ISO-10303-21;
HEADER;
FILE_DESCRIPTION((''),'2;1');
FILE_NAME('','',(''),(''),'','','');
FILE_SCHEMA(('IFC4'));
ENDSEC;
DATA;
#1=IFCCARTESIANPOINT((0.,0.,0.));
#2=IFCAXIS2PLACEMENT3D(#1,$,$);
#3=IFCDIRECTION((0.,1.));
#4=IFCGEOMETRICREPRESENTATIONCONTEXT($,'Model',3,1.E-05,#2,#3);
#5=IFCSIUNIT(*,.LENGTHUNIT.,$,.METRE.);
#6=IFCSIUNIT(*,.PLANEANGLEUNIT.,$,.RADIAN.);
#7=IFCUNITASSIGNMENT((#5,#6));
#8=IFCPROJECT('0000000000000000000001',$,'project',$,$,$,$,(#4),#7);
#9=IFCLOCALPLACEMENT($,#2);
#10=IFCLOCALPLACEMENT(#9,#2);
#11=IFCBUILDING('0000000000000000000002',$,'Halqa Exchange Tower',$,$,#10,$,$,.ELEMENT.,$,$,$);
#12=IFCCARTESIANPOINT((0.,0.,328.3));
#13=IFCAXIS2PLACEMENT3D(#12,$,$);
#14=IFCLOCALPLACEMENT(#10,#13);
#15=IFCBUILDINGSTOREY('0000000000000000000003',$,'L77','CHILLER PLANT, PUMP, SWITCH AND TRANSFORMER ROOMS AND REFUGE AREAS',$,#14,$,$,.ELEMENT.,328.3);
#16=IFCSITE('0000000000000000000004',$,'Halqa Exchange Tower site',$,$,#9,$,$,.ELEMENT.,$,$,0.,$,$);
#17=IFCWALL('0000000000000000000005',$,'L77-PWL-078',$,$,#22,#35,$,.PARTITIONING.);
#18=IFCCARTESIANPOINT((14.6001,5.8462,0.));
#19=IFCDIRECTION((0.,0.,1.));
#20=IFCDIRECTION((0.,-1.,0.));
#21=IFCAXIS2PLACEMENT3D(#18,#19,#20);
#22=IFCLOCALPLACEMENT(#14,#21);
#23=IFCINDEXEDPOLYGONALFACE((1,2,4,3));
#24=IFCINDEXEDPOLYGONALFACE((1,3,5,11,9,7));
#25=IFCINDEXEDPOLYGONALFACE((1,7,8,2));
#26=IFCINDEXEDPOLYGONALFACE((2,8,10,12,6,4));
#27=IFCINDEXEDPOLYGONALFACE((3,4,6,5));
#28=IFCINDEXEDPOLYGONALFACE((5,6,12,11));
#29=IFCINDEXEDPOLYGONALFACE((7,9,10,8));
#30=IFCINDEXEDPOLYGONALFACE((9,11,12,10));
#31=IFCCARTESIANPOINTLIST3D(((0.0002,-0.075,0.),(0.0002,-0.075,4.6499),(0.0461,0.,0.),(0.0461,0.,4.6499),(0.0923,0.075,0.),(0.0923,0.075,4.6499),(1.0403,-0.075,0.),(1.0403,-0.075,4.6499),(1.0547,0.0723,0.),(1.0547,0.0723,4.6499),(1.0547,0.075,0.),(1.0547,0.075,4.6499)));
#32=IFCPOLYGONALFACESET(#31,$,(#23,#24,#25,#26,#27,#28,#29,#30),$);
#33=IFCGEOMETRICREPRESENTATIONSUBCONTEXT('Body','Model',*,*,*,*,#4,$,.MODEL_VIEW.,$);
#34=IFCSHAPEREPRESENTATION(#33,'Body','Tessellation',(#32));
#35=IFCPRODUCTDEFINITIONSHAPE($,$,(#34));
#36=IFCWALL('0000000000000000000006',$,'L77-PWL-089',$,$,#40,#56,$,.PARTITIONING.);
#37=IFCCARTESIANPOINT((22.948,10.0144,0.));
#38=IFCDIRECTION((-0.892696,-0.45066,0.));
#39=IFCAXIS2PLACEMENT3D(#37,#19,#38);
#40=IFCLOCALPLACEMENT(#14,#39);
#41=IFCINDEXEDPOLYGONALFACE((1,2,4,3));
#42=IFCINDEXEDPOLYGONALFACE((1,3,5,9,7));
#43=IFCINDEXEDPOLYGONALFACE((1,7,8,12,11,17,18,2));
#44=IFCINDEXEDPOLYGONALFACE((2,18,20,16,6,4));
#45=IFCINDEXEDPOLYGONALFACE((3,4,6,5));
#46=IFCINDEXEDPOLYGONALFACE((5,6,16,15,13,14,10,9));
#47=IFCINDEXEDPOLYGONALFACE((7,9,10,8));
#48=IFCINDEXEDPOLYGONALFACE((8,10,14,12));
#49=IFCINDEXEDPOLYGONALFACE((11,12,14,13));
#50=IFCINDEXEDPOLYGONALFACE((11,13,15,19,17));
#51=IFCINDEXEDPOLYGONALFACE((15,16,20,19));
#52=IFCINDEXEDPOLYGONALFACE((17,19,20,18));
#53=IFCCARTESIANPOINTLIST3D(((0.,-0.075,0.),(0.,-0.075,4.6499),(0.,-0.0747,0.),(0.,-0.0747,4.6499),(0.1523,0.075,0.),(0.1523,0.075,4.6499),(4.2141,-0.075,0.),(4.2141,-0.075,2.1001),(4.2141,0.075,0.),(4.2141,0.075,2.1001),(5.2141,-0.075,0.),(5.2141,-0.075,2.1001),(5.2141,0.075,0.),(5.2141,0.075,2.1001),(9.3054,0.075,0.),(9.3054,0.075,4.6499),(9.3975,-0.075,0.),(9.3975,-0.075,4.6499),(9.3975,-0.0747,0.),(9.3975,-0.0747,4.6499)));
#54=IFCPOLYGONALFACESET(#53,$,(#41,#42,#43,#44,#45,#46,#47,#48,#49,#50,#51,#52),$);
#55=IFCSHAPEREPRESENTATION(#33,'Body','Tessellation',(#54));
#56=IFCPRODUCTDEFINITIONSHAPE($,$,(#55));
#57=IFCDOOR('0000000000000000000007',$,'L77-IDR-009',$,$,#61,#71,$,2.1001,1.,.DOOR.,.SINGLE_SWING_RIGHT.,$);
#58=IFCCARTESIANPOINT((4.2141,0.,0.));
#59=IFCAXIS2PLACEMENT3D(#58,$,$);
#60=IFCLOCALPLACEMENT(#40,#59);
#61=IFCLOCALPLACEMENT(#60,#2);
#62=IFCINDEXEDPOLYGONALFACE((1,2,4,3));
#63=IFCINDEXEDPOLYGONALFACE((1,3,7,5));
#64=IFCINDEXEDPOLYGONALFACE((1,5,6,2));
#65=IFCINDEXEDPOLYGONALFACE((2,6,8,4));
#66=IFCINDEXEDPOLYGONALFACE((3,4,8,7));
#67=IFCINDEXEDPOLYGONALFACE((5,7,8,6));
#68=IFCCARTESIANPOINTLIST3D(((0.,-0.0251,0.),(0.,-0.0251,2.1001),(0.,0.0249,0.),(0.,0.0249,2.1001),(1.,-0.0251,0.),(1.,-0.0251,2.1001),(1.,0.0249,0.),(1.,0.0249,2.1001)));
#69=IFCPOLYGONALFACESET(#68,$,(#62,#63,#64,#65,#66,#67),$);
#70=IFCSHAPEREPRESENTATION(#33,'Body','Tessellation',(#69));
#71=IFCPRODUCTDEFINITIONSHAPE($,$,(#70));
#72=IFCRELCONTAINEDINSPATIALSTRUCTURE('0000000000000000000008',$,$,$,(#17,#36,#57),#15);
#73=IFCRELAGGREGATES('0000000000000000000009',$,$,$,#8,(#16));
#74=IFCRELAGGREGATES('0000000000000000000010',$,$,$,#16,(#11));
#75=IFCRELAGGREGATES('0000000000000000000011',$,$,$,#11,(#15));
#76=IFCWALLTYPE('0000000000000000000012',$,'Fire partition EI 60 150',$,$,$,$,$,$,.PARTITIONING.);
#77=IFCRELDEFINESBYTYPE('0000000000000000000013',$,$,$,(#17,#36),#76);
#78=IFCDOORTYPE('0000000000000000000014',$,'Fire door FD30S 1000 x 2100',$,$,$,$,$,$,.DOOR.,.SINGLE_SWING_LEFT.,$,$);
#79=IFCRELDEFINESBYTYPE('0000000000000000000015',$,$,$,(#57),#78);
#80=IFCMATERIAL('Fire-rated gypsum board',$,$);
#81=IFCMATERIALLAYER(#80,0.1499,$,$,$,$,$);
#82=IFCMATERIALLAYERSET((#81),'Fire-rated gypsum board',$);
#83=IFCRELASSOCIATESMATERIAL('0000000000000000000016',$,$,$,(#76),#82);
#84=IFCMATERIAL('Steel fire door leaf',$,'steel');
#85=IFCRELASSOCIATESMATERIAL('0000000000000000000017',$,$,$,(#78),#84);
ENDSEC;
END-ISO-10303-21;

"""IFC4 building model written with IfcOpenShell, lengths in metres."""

from ifc_helpers import new_model, si_unit, direction, frame, frame_2d, origin, place, context, subcontext, project, spatial, polyline, rectangle, outline, extrude, material, layer, layer_set, type_object, element, fill, save


model = new_model("IFC4")

# Units and contexts
model_context = context("Model", 3, precision=1e-05, world=origin(), true_north=direction((0.0, 1.0)))
body_context = subcontext(model_context, "Body", "Model", "MODEL_VIEW")
ifc_project = project(units=[si_unit("LENGTHUNIT", "METRE"), si_unit("PLANEANGLEUNIT", "RADIAN")], contexts=[model_context])

# Site, building, storey
site_placement = place(None, origin())
site = spatial("IfcSite", under=ifc_project, at=site_placement, Name="Halqa Exchange Tower site", CompositionType="ELEMENT", RefElevation=0.0)
building_placement = place(site_placement, origin())
building = spatial("IfcBuilding", under=site, at=building_placement, Name="Halqa Exchange Tower", CompositionType="ELEMENT")
storey_placement = place(building_placement, frame((0.0, 0.0, 328.3)))
storey = spatial("IfcBuildingStorey", under=building, at=storey_placement, Name="L77", Description="CHILLER PLANT, PUMP, SWITCH AND TRANSFORMER ROOMS AND REFUGE AREAS", CompositionType="ELEMENT", Elevation=328.3)

# Wall
ifc_material_1 = material(Name="Fire-rated gypsum board")
ifc_layer_1 = layer(ifc_material_1, 0.1499)
ifc_layer_set_1 = layer_set([ifc_layer_1], Name="Fire-rated gypsum board")
wall_type_1 = type_object("IfcWallType", Name="Fire partition EI 60 150", PredefinedType="PARTITIONING", material=ifc_layer_set_1)
wall_1_placement = place(storey_placement, frame((14.6001, 5.8462, 0.0), z_axis=(0.0, 0.0, 1.0), x_axis=(0.0, -1.0, 0.0)))
element("IfcWall", 1, at=wall_1_placement, inside=storey, type_object=wall_type_1, Name="L77-PWL-078", PredefinedType="PARTITIONING", context=body_context, shape_type="SweptSolid", body=[
    extrude(outline(polyline([(0.0002, -0.075), (1.0403, -0.075), (1.0547, 0.0723), (1.0547, 0.075), (0.0923, 0.075), (0.0923, 0.075), (0.0923, 0.075), (0.0461, 0.0), (0.0002, -0.075)])), origin(), (0.0, 0.0, 1.0), 4.6499),
])

# Wall, opening, door
ifc_material_2 = material(Name="Steel fire door leaf", Category="steel")
door_type = type_object("IfcDoorType", Name="Fire door FD30S 1000 x 2100", OperationType="SINGLE_SWING_LEFT", PredefinedType="DOOR", material=ifc_material_2)
wall_2_placement = place(storey_placement, frame((22.948, 10.0144, 0.0), z_axis=(0.0, 0.0, 1.0), x_axis=(-0.892696, -0.45066, 0.0)))
wall_2 = element("IfcWall", 2, at=wall_2_placement, inside=storey, type_object=wall_type_1, Name="L77-PWL-089", PredefinedType="PARTITIONING", context=body_context, shape_type="SweptSolid", body=[
    extrude(outline(polyline([(9.3975, -0.075), (9.3975, -0.0747), (9.3054, 0.075), (7.4749, 0.075), (5.6443, 0.075), (3.8137, 0.075), (1.9829, 0.075), (0.1523, 0.075), (0.0, -0.0747), (0.0, -0.075), (1.8794, -0.075), (3.759, -0.075), (5.6384, -0.075), (7.5181, -0.075), (9.3975, -0.075)])), origin(), (0.0, 0.0, 1.0), 4.6499),
])
opening_1_placement = place(wall_2_placement, frame((4.2141, 0.0, 0.0)))
opening_1 = element("IfcOpeningElement", 3, at=opening_1_placement, cuts=wall_2, PredefinedType="OPENING", context=body_context, shape_type="SweptSolid", body=[
    extrude(rectangle(XDim=1.0, YDim=2.1001, at=frame_2d((0.5, 1.05))), frame((0.0, 0.0869, 0.0), z_axis=(0.0, -1.0, 0.0), x_axis=(1.0, 0.0, 0.0)), (0.0, 0.0, 1.0), 0.1738),
])
door_1_placement = place(opening_1_placement, origin())
door_1 = element("IfcDoor", 4, at=door_1_placement, inside=storey, type_object=door_type, Name="L77-IDR-009", OperationType="SINGLE_SWING_RIGHT", OverallHeight=2.1001, OverallWidth=1.0, PredefinedType="DOOR", context=body_context, shape_type="SweptSolid", body=[
    extrude(rectangle(XDim=1.0, YDim=2.1001, at=frame_2d((0.5, 1.05))), frame((0.0, 0.0249, 0.0), z_axis=(0.0, -1.0, 0.0), x_axis=(1.0, 0.0, 0.0)), (0.0, 0.0, 1.0), 0.05),
])
fill(opening_1, door_1)

save(model, "model.ifc")
